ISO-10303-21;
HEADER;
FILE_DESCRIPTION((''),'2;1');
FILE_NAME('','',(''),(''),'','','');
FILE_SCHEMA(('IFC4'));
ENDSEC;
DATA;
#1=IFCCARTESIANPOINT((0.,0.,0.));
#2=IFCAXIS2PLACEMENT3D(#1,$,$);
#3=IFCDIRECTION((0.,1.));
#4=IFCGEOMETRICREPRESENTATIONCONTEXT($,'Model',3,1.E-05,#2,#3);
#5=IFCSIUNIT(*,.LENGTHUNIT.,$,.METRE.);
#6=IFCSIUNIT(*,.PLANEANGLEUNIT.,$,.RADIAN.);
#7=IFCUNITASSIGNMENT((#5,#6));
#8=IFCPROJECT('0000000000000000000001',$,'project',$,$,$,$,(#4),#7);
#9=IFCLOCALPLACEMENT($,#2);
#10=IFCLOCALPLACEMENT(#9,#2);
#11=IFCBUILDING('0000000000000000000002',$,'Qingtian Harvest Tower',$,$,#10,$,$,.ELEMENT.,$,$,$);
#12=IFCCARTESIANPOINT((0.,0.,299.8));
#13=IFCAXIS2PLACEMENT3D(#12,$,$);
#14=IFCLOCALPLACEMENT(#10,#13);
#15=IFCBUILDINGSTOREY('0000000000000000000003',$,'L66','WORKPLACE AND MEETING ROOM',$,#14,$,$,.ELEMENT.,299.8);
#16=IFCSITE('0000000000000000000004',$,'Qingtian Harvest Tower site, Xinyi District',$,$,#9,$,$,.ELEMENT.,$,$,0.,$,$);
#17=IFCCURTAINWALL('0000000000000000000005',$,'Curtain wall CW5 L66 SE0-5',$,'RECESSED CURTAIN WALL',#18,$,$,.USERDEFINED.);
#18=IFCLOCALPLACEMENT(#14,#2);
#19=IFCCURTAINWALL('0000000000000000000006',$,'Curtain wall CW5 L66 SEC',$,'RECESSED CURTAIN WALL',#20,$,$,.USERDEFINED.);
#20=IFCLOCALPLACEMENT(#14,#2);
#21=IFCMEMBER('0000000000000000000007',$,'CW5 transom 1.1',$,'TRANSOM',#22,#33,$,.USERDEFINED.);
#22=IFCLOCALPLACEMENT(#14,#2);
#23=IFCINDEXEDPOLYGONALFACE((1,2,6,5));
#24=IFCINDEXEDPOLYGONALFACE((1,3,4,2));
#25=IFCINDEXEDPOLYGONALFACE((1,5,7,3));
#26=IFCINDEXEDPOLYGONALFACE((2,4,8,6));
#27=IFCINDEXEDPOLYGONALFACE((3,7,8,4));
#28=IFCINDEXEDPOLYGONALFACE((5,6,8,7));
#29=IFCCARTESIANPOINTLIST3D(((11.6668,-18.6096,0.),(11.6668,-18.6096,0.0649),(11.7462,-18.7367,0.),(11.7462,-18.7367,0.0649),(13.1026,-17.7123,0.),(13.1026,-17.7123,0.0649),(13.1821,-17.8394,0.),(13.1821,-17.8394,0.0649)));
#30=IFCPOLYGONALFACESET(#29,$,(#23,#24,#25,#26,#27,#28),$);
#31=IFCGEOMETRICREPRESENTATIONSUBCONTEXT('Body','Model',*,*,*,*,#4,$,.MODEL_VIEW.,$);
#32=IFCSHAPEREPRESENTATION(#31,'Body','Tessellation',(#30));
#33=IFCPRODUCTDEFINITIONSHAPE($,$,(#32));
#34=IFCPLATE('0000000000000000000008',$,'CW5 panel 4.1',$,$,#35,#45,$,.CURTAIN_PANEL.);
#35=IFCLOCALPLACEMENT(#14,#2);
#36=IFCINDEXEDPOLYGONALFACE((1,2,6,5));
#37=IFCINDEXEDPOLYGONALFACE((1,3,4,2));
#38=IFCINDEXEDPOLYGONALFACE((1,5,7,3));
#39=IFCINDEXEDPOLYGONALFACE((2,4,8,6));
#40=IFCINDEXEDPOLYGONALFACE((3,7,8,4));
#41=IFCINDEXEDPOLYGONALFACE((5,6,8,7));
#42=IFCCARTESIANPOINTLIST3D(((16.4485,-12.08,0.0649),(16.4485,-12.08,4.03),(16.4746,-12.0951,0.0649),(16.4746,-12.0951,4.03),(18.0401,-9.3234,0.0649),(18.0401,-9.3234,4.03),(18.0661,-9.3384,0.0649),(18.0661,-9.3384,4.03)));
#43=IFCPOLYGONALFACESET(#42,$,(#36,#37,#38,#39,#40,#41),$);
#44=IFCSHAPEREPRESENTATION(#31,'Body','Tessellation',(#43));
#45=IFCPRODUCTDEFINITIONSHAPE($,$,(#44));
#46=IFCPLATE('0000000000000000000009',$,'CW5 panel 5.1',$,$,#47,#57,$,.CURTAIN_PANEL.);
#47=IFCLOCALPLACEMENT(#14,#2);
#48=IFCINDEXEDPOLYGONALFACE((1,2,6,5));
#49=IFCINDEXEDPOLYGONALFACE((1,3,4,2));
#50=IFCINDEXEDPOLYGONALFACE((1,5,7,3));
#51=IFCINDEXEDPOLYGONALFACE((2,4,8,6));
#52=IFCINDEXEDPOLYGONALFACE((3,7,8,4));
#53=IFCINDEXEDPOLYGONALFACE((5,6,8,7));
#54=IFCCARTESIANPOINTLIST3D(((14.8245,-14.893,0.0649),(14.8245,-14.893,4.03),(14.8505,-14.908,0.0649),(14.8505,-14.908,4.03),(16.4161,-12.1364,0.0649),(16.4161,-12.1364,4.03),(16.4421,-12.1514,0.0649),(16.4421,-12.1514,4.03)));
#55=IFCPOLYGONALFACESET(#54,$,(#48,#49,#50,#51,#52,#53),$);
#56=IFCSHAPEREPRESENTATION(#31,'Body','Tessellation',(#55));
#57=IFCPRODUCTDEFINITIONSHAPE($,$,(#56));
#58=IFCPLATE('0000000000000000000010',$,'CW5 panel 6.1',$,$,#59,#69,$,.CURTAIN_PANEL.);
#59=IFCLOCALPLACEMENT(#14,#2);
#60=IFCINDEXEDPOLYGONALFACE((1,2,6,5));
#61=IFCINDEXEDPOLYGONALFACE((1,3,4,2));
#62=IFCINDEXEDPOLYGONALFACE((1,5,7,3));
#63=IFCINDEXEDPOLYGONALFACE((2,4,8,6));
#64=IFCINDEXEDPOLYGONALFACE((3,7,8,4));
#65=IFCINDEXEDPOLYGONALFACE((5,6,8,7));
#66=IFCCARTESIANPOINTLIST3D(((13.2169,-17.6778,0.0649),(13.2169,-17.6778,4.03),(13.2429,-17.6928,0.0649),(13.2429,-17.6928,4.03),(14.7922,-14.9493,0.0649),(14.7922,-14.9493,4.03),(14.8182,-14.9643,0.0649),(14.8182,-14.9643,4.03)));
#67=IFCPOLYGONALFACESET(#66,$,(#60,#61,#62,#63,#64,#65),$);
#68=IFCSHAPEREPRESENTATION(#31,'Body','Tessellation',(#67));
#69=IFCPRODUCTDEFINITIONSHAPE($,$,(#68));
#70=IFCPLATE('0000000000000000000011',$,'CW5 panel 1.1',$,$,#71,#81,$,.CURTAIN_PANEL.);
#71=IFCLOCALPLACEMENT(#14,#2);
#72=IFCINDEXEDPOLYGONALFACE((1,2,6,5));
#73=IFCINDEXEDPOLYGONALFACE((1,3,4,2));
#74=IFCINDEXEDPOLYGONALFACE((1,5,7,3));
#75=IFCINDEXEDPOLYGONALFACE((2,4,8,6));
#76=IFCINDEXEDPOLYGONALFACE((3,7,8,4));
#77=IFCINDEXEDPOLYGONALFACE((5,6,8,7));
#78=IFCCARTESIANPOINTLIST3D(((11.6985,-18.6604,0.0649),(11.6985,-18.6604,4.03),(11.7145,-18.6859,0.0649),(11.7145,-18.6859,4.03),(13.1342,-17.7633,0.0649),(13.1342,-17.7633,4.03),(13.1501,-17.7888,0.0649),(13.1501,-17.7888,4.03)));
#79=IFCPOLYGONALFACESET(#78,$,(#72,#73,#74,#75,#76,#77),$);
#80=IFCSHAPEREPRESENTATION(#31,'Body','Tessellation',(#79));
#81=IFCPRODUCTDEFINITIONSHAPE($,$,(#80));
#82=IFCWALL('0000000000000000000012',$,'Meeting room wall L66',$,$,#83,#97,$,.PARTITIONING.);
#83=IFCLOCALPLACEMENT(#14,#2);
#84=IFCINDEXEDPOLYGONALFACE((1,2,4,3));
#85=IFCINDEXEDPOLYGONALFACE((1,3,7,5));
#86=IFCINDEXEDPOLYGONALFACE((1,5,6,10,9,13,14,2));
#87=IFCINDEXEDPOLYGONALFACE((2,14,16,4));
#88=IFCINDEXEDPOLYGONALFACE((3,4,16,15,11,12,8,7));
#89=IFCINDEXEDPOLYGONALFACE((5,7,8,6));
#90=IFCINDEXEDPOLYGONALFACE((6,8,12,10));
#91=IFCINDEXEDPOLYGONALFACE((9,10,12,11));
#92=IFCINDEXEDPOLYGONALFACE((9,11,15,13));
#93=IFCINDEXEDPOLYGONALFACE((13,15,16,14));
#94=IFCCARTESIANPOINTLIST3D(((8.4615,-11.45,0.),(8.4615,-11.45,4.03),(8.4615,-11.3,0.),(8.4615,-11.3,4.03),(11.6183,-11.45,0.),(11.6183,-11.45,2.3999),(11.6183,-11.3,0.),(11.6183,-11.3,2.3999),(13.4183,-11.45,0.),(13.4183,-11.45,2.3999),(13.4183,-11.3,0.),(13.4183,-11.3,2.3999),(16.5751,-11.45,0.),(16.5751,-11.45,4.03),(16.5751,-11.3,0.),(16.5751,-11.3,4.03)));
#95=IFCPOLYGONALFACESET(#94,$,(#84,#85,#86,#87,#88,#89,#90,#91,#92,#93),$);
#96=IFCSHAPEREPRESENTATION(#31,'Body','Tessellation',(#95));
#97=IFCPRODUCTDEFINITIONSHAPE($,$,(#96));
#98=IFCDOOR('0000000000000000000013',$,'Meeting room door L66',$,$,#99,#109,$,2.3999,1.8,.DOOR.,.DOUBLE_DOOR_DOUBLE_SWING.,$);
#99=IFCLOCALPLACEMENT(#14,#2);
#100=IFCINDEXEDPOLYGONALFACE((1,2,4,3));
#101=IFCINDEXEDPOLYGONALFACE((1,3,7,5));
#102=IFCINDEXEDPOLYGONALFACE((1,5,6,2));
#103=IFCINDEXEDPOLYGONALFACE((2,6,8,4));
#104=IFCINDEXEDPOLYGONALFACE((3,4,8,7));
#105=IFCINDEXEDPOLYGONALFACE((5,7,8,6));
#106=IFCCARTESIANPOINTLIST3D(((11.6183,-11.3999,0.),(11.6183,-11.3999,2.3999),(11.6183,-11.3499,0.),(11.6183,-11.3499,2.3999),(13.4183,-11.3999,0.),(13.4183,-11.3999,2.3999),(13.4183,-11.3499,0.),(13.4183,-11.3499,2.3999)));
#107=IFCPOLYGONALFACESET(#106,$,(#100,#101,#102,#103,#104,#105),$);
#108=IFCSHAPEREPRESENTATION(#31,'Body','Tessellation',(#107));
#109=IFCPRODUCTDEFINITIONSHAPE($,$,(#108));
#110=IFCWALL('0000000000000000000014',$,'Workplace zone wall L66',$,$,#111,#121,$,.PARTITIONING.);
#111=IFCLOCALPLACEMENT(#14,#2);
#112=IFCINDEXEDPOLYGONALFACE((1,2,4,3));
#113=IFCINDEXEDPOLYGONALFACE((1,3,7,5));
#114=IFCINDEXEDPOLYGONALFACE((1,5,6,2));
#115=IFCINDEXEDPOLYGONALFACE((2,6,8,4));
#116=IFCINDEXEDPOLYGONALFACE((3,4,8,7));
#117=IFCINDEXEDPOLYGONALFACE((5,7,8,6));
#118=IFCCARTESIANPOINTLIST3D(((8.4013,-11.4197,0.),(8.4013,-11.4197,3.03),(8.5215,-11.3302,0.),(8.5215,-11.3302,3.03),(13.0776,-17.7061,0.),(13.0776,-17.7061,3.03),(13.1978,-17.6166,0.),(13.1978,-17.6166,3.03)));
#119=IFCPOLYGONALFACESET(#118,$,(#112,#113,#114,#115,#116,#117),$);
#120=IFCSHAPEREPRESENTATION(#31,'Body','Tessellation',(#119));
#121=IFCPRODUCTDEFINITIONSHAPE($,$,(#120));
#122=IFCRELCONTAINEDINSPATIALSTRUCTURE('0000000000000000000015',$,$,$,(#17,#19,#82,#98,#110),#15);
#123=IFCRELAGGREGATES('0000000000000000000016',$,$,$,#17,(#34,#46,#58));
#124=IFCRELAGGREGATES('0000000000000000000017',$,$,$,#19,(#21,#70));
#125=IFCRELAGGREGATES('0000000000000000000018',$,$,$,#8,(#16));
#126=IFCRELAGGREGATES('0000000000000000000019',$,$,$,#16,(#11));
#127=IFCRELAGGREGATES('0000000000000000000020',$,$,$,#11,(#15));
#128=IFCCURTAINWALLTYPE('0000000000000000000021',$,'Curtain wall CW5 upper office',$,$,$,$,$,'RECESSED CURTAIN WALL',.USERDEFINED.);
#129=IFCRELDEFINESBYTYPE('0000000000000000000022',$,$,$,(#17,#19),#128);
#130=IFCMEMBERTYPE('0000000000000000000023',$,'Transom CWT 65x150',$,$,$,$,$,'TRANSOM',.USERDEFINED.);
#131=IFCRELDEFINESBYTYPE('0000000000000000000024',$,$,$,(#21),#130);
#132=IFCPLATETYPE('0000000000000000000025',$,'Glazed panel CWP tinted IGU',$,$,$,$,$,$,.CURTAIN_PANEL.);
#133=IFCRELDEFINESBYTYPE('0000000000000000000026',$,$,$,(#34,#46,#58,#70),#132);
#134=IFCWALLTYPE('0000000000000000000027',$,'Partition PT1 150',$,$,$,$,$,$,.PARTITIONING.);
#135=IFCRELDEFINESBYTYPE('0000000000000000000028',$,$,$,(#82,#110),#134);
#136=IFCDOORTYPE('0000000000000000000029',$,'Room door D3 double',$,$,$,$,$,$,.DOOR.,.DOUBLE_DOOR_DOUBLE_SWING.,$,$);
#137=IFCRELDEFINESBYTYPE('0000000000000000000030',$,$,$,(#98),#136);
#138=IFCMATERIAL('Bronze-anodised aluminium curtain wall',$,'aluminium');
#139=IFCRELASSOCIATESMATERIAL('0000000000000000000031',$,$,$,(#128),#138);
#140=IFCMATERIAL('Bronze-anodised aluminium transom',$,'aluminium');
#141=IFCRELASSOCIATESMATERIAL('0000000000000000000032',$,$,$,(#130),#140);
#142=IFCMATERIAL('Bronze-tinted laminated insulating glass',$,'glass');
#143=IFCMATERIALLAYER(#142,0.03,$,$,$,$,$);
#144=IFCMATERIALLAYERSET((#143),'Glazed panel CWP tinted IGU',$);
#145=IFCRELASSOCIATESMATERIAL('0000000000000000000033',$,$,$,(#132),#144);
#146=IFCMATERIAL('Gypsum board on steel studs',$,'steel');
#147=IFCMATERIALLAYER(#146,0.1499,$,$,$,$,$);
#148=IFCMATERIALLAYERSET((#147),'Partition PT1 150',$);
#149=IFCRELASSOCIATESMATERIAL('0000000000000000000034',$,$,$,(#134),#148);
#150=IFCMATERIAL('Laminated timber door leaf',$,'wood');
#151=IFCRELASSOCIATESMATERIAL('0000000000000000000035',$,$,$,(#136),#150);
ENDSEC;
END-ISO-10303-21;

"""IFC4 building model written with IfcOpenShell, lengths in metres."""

from ifc_helpers import new_model, si_unit, direction, frame, frame_2d, origin, origin_2d, place, context, subcontext, project, spatial, rectangle, extrude, material, layer, layer_set, material_profile, profile_set, type_object, element, fill, aggregate, save


model = new_model("IFC4")

# Units and contexts
model_context = context("Model", 3, precision=1e-05, world=origin(), true_north=direction((0.0, 1.0)))
body_context = subcontext(model_context, "Body", "Model", "MODEL_VIEW")
ifc_project = project(units=[si_unit("LENGTHUNIT", "METRE"), si_unit("PLANEANGLEUNIT", "RADIAN")], contexts=[model_context])

# Site, building, storey
site_placement = place(None, origin())
site = spatial("IfcSite", under=ifc_project, at=site_placement, Name="Qingtian Harvest Tower site, Xinyi District", CompositionType="ELEMENT", RefElevation=0.0)
building_placement = place(site_placement, origin())
building = spatial("IfcBuilding", under=site, at=building_placement, Name="Qingtian Harvest Tower", CompositionType="ELEMENT")
storey_placement = place(building_placement, frame((0.0, 0.0, 299.8)))
storey = spatial("IfcBuildingStorey", under=building, at=storey_placement, Name="L66", Description="WORKPLACE AND MEETING ROOM", CompositionType="ELEMENT", Elevation=299.8)

# Curtain walls
ifc_material_1 = material(Name="Bronze-anodised aluminium curtain wall", Category="aluminium")
curtain_wall_type = type_object("IfcCurtainWallType", Name="Curtain wall CW5 upper office", ElementType="RECESSED CURTAIN WALL", PredefinedType="USERDEFINED", material=ifc_material_1)
curtain_wall_1_placement = place(storey_placement, origin())
curtain_wall_1 = element("IfcCurtainWall", 1, at=curtain_wall_1_placement, inside=storey, type_object=curtain_wall_type, Name="Curtain wall CW5 L66 SE0-5", ObjectType="RECESSED CURTAIN WALL", PredefinedType="USERDEFINED")
curtain_wall_2_placement = place(storey_placement, origin())
curtain_wall_2 = element("IfcCurtainWall", 2, at=curtain_wall_2_placement, inside=storey, type_object=curtain_wall_type, Name="Curtain wall CW5 L66 SEC", ObjectType="RECESSED CURTAIN WALL", PredefinedType="USERDEFINED")

# Member
ifc_material_2 = material(Name="Bronze-anodised aluminium transom", Category="aluminium")
ifc_material_profile_1 = material_profile(ifc_material_2, rectangle(XDim=0.1499, YDim=0.0649, at=origin_2d()), Name="AL 65x150")
ifc_profile_set_1 = profile_set([ifc_material_profile_1], Name="Bronze-anodised aluminium transom")
member_type_1 = type_object("IfcMemberType", Name="Transom CWT 65x150", ElementType="TRANSOM", PredefinedType="USERDEFINED", material=ifc_profile_set_1)
member_1_placement = place(storey_placement, frame((13.1423, -17.7759, 0.0325), z_axis=(-0.848039, -0.529934, 0.0), x_axis=(0.529934, -0.848039, 0.0)))
member_1 = element("IfcMember", 3, at=member_1_placement, type_object=member_type_1, Name="CW5 transom 1.1", ObjectType="TRANSOM", PredefinedType="USERDEFINED", context=body_context, shape_type="SweptSolid", body=[
    extrude(rectangle(XDim=0.1499, YDim=0.0649, at=origin_2d()), origin(), (0.0, 0.0, 1.0), 1.6931),
])

# Plates
ifc_material_3 = material(Name="Bronze-tinted laminated insulating glass", Category="glass")
ifc_layer_1 = layer(ifc_material_3, 0.03)
ifc_layer_set_1 = layer_set([ifc_layer_1], Name="Glazed panel CWP tinted IGU")
plate_type = type_object("IfcPlateType", Name="Glazed panel CWP tinted IGU", PredefinedType="CURTAIN_PANEL", material=ifc_layer_set_1)
plate_1_placement = place(storey_placement, frame((17.2573, -10.7092, 0.0649), z_axis=(0.0, 0.0, 1.0), x_axis=(-0.5, -0.866025, 0.0)))
plate_1 = element("IfcPlate", 4, at=plate_1_placement, type_object=plate_type, Name="CW5 panel 4.1", PredefinedType="CURTAIN_PANEL", context=body_context, shape_type="SweptSolid", body=[
    extrude(rectangle(XDim=3.1831, YDim=0.03, at=origin_2d()), origin(), (0.0, 0.0, 1.0), 3.9651),
])
plate_2_placement = place(storey_placement, frame((15.6333, -13.5222, 0.0649), z_axis=(0.0, 0.0, 1.0), x_axis=(-0.5, -0.866025, 0.0)))
plate_2 = element("IfcPlate", 5, at=plate_2_placement, type_object=plate_type, Name="CW5 panel 5.1", PredefinedType="CURTAIN_PANEL", context=body_context, shape_type="SweptSolid", body=[
    extrude(rectangle(XDim=3.1831, YDim=0.03, at=origin_2d()), origin(), (0.0, 0.0, 1.0), 3.9651),
])
plate_3_placement = place(storey_placement, frame((14.0176, -16.321, 0.0649), z_axis=(0.0, 0.0, 1.0), x_axis=(-0.5, -0.866025, 0.0)))
plate_3 = element("IfcPlate", 6, at=plate_3_placement, type_object=plate_type, Name="CW5 panel 6.1", PredefinedType="CURTAIN_PANEL", context=body_context, shape_type="SweptSolid", body=[
    extrude(rectangle(XDim=3.1506, YDim=0.03, at=origin_2d()), origin(), (0.0, 0.0, 1.0), 3.9651),
])
aggregate(curtain_wall_1, [plate_1, plate_2, plate_3])
plate_4_placement = place(storey_placement, frame((12.4243, -18.2246, 0.0649), z_axis=(0.0, 0.0, 1.0), x_axis=(-0.848048, -0.529919, 0.0)))
plate_4 = element("IfcPlate", 7, at=plate_4_placement, type_object=plate_type, Name="CW5 panel 1.1", PredefinedType="CURTAIN_PANEL", context=body_context, shape_type="SweptSolid", body=[
    extrude(rectangle(XDim=1.6929, YDim=0.03, at=origin_2d()), origin(), (0.0, 0.0, 1.0), 3.9651),
])
aggregate(curtain_wall_2, [member_1, plate_4])

# Wall, opening, door
ifc_material_4 = material(Name="Gypsum board on steel studs", Category="steel")
ifc_layer_2 = layer(ifc_material_4, 0.1499)
ifc_layer_set_2 = layer_set([ifc_layer_2], Name="Partition PT1 150")
wall_type = type_object("IfcWallType", Name="Partition PT1 150", PredefinedType="PARTITIONING", material=ifc_layer_set_2)
wall_1_placement = place(storey_placement, frame((16.575, -11.375, 0.0), z_axis=(0.0, 0.0, 1.0), x_axis=(-1.0, 0.0, 0.0)))
wall_1 = element("IfcWall", 8, at=wall_1_placement, inside=storey, type_object=wall_type, Name="Meeting room wall L66", PredefinedType="PARTITIONING", context=body_context, shape_type="SweptSolid", body=[
    extrude(rectangle(XDim=8.1135, YDim=0.1499, at=frame_2d((4.0566, 0.0))), origin(), (0.0, 0.0, 1.0), 4.03),
])
opening_placement = place(wall_1_placement, frame((3.1567, 0.0, 0.0)))
opening = element("IfcOpeningElement", 9, at=opening_placement, cuts=wall_1, PredefinedType="OPENING", context=body_context, shape_type="SweptSolid", body=[
    extrude(rectangle(XDim=1.8, YDim=2.3999, at=frame_2d((0.8999, 1.2))), frame((0.0, 0.085, 0.0), z_axis=(0.0, -1.0, 0.0), x_axis=(1.0, 0.0, 0.0)), (0.0, 0.0, 1.0), 0.1699),
])
ifc_material_5 = material(Name="Laminated timber door leaf", Category="wood")
door_type = type_object("IfcDoorType", Name="Room door D3 double", OperationType="DOUBLE_DOOR_DOUBLE_SWING", PredefinedType="DOOR", material=ifc_material_5)
door_placement = place(opening_placement, origin())
door = element("IfcDoor", 10, at=door_placement, inside=storey, type_object=door_type, Name="Meeting room door L66", OperationType="DOUBLE_DOOR_DOUBLE_SWING", OverallHeight=2.3999, OverallWidth=1.8, PredefinedType="DOOR", context=body_context, shape_type="SweptSolid", body=[
    extrude(rectangle(XDim=1.8, YDim=2.3999, at=frame_2d((0.8999, 1.2))), frame((0.0, 0.0249, 0.0), z_axis=(0.0, -1.0, 0.0), x_axis=(1.0, 0.0, 0.0)), (0.0, 0.0, 1.0), 0.05),
])
fill(opening, door)

# Wall
wall_2_placement = place(storey_placement, frame((13.1377, -17.6614, 0.0), z_axis=(0.0, 0.0, 1.0), x_axis=(-0.596849, 0.802353, 0.0)))
element("IfcWall", 11, at=wall_2_placement, inside=storey, type_object=wall_type, Name="Workplace zone wall L66", PredefinedType="PARTITIONING", context=body_context, shape_type="SweptSolid", body=[
    extrude(rectangle(XDim=7.835, YDim=0.1499, at=frame_2d((3.9175, 0.0))), origin(), (0.0, 0.0, 1.0), 3.03),
])

save(model, "model.ifc")
